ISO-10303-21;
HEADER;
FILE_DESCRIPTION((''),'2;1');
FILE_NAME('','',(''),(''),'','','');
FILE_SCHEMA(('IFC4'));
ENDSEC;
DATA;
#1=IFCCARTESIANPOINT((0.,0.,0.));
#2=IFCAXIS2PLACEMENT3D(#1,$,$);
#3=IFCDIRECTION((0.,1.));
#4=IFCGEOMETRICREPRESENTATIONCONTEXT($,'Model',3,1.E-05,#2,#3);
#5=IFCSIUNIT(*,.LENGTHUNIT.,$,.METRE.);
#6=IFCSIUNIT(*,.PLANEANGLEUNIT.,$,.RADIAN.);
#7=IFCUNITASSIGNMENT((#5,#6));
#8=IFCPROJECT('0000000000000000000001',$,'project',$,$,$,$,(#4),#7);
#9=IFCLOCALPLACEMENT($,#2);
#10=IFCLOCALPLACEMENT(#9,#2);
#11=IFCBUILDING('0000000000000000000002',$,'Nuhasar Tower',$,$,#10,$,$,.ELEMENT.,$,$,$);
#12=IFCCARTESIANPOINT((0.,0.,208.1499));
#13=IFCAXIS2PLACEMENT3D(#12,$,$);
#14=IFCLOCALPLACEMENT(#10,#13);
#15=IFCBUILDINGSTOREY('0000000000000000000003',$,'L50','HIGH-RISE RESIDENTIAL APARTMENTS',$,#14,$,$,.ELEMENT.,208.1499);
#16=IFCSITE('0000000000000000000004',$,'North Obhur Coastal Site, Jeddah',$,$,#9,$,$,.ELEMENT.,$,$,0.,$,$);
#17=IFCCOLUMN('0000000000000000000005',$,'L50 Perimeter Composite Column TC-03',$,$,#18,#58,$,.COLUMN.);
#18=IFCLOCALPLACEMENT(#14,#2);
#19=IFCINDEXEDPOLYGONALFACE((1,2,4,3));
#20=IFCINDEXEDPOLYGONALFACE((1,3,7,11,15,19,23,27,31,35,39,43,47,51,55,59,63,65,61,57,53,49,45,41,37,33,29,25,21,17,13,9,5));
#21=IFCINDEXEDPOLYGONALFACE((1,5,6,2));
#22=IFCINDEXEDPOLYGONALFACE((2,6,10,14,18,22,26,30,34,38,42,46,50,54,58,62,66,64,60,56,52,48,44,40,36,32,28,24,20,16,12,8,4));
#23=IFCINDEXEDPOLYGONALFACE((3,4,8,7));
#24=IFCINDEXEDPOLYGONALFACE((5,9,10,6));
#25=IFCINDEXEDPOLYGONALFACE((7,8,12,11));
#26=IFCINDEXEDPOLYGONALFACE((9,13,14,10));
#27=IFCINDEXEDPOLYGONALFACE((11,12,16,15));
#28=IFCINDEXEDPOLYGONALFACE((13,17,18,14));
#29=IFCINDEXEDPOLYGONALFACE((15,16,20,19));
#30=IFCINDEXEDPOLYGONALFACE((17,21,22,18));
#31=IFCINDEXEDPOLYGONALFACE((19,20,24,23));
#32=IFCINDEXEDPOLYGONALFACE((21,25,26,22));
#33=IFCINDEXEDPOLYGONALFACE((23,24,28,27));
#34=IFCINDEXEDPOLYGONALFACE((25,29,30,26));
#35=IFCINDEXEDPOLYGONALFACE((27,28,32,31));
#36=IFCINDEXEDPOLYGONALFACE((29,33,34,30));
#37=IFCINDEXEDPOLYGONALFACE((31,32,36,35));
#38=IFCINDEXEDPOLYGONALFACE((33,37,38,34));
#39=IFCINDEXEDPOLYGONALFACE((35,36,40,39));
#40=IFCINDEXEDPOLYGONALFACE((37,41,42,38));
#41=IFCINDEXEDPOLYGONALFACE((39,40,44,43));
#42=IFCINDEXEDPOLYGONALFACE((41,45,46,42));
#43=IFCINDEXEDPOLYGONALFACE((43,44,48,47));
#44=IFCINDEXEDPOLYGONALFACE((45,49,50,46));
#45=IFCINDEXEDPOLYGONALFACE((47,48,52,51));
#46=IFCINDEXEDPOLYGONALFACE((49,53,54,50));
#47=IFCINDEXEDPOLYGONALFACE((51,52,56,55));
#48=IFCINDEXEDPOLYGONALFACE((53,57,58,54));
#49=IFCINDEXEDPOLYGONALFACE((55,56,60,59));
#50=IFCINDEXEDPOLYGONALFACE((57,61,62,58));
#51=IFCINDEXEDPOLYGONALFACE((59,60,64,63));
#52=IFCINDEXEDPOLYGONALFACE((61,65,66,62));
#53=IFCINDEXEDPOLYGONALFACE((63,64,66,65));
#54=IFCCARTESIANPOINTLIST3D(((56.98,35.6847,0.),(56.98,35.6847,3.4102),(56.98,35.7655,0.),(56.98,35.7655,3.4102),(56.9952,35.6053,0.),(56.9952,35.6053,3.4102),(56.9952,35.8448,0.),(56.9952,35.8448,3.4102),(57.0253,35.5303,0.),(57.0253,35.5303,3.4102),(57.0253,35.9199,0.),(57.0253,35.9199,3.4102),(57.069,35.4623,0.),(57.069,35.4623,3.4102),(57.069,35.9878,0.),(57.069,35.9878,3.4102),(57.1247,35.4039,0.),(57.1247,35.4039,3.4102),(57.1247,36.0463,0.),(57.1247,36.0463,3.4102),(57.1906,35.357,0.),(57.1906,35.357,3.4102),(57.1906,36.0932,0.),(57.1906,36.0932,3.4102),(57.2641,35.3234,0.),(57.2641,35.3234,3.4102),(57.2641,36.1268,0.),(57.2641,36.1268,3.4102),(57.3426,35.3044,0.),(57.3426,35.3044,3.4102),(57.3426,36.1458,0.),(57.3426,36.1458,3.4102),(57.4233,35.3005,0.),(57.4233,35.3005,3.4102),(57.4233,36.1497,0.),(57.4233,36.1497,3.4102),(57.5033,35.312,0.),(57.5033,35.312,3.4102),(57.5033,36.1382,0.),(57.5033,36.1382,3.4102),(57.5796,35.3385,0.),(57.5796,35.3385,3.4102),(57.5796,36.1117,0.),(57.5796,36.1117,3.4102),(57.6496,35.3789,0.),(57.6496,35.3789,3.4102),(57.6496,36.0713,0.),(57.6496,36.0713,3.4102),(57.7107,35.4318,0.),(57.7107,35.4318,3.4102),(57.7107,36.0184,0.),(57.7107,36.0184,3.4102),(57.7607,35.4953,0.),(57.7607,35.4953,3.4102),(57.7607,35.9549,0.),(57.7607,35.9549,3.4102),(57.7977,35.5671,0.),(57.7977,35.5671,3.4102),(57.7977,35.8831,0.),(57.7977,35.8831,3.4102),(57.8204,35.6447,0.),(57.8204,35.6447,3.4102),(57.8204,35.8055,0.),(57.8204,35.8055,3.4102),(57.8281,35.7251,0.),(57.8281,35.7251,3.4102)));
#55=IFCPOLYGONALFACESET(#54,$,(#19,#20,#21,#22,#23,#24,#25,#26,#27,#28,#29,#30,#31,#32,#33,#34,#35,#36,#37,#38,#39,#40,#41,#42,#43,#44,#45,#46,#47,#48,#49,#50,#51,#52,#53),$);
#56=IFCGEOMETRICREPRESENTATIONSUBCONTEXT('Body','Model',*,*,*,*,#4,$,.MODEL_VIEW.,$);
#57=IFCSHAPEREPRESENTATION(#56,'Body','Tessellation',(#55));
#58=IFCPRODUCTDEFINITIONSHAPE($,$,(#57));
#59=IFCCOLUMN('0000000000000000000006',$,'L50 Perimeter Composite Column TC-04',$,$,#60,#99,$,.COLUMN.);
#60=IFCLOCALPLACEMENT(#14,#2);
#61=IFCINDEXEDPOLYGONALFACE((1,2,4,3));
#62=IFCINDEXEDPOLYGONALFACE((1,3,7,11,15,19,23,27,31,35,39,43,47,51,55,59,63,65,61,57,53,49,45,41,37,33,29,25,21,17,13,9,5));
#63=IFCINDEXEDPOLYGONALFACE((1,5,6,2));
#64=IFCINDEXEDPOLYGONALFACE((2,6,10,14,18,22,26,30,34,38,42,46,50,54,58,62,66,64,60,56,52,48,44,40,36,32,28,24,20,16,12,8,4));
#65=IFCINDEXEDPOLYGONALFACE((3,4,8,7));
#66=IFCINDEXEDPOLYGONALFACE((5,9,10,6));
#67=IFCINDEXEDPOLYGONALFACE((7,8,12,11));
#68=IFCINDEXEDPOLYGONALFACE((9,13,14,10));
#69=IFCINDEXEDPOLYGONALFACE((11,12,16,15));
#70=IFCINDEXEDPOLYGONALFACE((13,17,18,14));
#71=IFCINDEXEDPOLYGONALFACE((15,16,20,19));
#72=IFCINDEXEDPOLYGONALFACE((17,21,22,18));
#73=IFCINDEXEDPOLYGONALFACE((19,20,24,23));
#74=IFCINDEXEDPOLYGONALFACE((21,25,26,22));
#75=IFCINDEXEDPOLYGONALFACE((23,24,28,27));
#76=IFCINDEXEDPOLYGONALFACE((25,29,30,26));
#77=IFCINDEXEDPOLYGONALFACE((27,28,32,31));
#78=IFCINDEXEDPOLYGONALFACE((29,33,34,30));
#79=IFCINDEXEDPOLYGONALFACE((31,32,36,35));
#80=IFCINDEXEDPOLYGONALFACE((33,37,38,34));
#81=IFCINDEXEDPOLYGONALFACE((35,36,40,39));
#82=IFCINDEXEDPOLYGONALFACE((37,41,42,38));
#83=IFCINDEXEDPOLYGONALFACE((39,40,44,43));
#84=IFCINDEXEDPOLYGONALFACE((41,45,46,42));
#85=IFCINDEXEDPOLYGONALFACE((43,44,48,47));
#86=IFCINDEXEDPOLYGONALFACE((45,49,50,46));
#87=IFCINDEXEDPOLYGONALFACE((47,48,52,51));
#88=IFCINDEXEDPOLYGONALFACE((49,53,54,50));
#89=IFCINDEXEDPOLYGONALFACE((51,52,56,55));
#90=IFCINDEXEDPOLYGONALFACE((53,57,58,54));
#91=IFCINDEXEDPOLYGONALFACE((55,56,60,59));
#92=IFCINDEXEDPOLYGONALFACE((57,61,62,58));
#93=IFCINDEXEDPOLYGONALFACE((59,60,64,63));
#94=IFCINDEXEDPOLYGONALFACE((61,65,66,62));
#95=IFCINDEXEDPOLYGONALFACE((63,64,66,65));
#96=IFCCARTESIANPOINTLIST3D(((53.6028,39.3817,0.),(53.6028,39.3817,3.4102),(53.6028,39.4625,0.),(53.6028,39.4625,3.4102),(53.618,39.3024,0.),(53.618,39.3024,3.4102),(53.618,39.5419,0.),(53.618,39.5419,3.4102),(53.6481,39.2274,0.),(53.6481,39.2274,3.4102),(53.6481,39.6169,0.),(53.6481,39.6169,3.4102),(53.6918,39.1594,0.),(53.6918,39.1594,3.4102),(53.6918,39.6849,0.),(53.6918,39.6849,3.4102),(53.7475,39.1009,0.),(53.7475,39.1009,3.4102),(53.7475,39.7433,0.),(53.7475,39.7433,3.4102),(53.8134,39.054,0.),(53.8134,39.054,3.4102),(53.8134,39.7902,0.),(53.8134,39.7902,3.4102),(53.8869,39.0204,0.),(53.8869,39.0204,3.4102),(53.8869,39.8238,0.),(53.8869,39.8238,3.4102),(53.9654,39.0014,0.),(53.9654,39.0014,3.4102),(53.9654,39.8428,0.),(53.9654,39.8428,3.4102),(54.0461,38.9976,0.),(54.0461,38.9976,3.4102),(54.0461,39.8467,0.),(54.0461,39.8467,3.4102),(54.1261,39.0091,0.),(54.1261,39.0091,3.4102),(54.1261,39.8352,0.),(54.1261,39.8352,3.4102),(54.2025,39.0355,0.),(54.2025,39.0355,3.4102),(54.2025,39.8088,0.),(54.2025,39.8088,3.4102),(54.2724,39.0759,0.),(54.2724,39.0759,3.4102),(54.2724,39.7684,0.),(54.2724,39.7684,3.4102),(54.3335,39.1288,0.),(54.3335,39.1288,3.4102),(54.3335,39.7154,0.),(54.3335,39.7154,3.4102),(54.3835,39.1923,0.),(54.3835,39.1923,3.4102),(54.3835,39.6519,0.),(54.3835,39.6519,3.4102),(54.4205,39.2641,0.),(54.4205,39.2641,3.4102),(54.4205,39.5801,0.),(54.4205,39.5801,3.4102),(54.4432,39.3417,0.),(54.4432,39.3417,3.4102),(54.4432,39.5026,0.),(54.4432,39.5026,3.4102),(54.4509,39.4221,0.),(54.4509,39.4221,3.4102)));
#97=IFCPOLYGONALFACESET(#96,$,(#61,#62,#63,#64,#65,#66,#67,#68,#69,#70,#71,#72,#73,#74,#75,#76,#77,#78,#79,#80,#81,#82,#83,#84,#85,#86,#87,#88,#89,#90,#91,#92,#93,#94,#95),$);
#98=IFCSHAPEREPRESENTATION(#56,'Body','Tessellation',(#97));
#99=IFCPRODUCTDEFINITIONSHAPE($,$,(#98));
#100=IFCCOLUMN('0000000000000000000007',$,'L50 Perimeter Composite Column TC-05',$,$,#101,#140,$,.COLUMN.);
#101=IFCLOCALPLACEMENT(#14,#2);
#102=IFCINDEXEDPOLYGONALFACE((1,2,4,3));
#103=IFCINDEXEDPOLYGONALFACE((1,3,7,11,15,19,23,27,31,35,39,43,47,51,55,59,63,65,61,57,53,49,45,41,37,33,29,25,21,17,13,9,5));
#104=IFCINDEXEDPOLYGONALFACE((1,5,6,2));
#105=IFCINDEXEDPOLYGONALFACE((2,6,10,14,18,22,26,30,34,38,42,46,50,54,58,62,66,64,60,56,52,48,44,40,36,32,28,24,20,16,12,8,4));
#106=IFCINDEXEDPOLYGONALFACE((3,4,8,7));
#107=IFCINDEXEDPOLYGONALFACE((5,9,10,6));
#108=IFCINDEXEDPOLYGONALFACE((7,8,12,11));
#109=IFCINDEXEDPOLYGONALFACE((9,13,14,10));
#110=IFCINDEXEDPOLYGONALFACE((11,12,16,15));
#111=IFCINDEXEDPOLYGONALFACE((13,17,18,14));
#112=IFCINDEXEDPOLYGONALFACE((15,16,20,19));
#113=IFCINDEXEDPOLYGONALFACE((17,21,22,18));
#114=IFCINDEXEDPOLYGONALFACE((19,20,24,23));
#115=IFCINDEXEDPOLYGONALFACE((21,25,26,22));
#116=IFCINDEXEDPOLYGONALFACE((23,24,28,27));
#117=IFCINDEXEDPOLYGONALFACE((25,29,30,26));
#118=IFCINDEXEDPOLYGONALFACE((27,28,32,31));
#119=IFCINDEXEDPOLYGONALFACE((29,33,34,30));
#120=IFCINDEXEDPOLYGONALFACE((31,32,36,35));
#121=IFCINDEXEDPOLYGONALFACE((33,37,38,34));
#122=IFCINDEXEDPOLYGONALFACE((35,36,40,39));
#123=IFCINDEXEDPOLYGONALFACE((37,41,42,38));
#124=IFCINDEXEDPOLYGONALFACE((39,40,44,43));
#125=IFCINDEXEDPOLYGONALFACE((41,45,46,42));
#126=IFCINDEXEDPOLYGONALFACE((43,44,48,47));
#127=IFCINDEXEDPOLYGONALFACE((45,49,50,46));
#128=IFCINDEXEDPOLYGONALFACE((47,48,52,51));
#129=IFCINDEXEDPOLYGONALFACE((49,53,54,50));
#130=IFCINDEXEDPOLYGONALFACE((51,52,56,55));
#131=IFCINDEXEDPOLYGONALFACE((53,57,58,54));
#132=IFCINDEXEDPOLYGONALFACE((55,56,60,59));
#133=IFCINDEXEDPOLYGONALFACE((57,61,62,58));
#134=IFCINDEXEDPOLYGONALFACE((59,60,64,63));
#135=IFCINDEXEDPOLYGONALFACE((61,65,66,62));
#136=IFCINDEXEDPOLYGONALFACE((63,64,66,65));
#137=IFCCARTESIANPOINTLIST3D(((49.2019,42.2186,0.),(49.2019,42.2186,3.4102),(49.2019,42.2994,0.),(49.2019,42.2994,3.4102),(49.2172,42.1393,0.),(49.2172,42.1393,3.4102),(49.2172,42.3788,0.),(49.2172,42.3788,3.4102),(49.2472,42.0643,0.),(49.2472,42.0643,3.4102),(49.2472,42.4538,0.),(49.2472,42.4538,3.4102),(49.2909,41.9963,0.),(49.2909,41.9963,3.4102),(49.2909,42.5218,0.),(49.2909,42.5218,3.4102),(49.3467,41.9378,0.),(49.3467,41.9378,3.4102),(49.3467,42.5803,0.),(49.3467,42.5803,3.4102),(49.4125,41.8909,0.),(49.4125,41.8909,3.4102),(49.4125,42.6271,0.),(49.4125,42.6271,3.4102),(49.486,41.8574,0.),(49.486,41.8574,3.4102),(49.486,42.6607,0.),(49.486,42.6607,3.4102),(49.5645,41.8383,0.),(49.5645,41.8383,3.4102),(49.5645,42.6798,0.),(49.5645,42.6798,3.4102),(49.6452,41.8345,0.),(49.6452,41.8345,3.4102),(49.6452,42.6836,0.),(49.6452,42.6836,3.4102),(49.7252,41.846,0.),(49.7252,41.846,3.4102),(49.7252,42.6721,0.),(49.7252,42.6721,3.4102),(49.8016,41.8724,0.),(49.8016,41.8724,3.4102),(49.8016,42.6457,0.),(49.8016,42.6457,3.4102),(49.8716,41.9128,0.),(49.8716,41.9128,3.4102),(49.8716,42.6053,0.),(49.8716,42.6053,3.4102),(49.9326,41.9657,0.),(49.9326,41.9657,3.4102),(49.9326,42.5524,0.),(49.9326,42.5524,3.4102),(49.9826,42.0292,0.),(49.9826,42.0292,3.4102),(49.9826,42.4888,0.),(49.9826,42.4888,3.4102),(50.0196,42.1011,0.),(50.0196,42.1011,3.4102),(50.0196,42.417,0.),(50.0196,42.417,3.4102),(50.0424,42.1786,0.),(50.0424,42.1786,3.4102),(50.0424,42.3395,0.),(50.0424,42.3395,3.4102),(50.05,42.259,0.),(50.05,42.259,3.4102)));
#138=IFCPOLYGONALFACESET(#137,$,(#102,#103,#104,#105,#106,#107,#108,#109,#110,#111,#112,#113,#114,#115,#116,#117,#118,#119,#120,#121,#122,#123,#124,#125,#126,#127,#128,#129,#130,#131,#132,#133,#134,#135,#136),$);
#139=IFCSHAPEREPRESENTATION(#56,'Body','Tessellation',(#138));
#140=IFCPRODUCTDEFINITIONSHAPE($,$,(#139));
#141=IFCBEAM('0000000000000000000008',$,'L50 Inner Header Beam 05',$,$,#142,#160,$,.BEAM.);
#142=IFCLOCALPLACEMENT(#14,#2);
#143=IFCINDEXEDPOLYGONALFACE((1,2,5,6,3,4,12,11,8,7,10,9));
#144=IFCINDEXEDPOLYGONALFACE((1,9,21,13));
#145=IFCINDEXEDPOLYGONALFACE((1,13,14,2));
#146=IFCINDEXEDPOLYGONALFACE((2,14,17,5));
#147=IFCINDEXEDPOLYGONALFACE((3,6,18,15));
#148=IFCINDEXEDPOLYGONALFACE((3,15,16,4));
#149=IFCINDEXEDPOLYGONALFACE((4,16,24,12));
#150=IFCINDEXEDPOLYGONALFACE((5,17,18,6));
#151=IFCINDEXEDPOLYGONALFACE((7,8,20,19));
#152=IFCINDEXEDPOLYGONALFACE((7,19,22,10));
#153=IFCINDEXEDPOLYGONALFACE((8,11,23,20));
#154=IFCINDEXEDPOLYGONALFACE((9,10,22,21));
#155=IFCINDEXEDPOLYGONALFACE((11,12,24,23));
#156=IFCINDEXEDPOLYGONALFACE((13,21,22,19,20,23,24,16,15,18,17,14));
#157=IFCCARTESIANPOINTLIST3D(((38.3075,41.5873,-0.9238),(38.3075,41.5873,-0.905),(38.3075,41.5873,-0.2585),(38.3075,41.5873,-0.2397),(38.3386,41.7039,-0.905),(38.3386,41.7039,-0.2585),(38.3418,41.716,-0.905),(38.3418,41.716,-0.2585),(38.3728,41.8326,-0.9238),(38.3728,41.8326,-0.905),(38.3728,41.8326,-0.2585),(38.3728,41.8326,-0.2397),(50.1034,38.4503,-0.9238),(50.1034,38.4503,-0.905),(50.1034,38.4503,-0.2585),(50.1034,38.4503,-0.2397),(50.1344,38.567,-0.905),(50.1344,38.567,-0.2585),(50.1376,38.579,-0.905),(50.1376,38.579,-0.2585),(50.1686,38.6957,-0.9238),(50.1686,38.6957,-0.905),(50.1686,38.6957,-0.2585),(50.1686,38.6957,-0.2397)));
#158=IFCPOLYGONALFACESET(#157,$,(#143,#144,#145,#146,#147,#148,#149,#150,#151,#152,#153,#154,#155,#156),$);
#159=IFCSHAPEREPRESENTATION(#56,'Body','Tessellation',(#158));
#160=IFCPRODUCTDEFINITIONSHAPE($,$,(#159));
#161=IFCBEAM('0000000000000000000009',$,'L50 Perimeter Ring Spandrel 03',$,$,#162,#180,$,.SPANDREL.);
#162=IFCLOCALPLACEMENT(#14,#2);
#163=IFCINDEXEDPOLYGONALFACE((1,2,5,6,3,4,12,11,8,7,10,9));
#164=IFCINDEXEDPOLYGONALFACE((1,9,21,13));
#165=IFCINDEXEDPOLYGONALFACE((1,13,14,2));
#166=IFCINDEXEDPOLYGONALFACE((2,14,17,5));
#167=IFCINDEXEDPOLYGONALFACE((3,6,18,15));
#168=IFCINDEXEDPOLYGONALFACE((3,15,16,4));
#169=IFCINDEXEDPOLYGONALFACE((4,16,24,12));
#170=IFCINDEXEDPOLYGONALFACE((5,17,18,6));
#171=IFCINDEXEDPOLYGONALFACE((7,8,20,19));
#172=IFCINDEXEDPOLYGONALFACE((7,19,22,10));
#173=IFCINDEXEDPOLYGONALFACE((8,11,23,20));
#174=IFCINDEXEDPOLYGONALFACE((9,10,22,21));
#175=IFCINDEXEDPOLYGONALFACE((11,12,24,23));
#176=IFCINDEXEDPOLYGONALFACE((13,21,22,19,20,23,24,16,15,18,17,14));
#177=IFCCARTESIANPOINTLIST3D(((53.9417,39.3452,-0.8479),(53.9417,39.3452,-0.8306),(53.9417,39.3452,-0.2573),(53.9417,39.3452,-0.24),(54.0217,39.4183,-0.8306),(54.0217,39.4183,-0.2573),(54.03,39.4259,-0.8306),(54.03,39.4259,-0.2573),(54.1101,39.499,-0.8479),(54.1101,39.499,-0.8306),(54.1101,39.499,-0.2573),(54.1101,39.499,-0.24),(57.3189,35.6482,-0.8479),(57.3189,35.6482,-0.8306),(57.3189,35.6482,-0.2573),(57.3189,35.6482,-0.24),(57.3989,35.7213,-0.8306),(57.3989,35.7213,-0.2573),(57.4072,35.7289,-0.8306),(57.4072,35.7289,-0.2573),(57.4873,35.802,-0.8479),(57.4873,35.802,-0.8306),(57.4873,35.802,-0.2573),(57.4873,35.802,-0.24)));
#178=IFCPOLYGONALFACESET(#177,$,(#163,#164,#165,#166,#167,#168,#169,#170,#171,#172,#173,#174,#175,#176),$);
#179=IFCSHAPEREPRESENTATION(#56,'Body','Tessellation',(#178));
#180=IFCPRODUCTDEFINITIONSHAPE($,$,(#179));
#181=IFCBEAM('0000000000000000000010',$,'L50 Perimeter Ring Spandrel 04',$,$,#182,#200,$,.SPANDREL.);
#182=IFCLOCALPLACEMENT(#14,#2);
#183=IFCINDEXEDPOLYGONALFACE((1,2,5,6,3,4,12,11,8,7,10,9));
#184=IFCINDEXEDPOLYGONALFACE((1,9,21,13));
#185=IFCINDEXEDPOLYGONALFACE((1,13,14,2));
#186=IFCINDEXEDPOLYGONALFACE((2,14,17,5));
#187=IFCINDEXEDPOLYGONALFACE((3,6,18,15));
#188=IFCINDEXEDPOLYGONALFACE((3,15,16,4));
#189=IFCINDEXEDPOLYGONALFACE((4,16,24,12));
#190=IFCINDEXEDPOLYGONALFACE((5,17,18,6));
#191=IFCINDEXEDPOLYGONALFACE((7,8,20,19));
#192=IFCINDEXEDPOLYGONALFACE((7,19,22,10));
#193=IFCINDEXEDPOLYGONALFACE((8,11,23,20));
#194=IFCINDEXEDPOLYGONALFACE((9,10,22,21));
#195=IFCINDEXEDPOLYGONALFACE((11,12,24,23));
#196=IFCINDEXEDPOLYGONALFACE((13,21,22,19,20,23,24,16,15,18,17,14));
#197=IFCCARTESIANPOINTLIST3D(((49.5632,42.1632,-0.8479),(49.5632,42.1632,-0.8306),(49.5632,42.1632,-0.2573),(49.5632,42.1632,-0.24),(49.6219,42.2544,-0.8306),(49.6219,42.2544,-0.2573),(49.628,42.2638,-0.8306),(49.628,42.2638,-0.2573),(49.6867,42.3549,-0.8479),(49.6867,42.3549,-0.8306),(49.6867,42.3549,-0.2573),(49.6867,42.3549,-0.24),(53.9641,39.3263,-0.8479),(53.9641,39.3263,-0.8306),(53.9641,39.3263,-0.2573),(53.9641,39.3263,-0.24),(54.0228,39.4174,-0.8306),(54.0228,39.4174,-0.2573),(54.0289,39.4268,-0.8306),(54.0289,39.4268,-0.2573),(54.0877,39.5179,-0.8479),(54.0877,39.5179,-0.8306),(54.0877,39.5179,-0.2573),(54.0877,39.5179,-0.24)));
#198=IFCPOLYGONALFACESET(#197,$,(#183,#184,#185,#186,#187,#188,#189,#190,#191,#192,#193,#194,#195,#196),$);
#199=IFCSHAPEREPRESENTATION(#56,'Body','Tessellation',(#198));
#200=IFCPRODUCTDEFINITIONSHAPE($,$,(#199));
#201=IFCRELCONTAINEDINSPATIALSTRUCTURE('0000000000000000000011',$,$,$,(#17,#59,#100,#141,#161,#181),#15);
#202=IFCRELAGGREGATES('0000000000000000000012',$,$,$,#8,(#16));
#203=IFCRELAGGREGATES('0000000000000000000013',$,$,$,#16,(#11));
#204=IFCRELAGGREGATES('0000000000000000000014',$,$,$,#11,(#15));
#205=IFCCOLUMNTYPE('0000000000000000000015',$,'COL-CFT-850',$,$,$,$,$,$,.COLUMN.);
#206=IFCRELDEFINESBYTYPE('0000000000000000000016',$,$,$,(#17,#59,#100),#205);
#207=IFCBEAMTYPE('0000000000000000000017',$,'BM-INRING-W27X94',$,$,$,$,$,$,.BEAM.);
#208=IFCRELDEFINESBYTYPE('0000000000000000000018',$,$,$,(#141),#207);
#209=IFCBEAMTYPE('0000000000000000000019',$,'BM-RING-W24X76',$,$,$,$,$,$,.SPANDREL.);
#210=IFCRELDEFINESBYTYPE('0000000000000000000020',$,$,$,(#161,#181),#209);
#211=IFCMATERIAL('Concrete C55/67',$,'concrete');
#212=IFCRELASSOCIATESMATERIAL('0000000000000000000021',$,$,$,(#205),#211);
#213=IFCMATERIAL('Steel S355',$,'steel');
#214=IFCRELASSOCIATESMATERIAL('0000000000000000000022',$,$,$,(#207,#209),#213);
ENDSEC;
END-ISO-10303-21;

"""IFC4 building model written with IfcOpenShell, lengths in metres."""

from ifc_helpers import new_model, si_unit, direction, frame, origin, origin_2d, place, context, subcontext, project, spatial, circle, i_section, extrude, material, material_profile, profile_set, type_object, element, save


model = new_model("IFC4")

# Units and contexts
model_context = context("Model", 3, precision=1e-05, world=origin(), true_north=direction((0.0, 1.0)))
body_context = subcontext(model_context, "Body", "Model", "MODEL_VIEW")
ifc_project = project(units=[si_unit("LENGTHUNIT", "METRE"), si_unit("PLANEANGLEUNIT", "RADIAN")], contexts=[model_context])

# Site, building, storey
site_placement = place(None, origin())
site = spatial("IfcSite", under=ifc_project, at=site_placement, Name="North Obhur Coastal Site, Jeddah", CompositionType="ELEMENT", RefElevation=0.0)
building_placement = place(site_placement, origin())
building = spatial("IfcBuilding", under=site, at=building_placement, Name="Nuhasar Tower", CompositionType="ELEMENT")
storey_placement = place(building_placement, frame((0.0, 0.0, 208.1499)))
storey = spatial("IfcBuildingStorey", under=building, at=storey_placement, Name="L50", Description="HIGH-RISE RESIDENTIAL APARTMENTS", CompositionType="ELEMENT", Elevation=208.1499)

# Columns
ifc_material_1 = material(Name="Concrete C55/67", Category="concrete")
ifc_material_profile_1 = material_profile(ifc_material_1, circle(Radius=0.425, at=origin_2d()), Name="CFT850")
ifc_profile_set_1 = profile_set([ifc_material_profile_1], Name="Concrete C55/67")
column_type = type_object("IfcColumnType", Name="COL-CFT-850", PredefinedType="COLUMN", material=ifc_profile_set_1)
for number, where, z_axis, x_axis, name in (
    (1, (57.4031, 35.7251, 0.0), (0.0, 0.0, 1.0), (1.0, 0.0, 0.0), "L50 Perimeter Composite Column TC-03"),
    (2, (54.0259, 39.4221, 0.0), (0.0, 0.0, 1.0), (1.0, 0.0, 0.0), "L50 Perimeter Composite Column TC-04"),
    (3, (49.625, 42.259, 0.0), (0.0, 0.0, 1.0), (1.0, 0.0, 0.0), "L50 Perimeter Composite Column TC-05"),
):
    element("IfcColumn", number, at=place(storey_placement, frame(where, z_axis=z_axis, x_axis=x_axis)), inside=storey, type_object=column_type, Name=name, PredefinedType="COLUMN", context=body_context, shape_type="SweptSolid", body=[
        extrude(circle(Radius=0.425, at=origin_2d()), origin(), (0.0, 0.0, 1.0), 3.4102),
    ])

# Beams
ifc_material_2 = material(Name="Steel S355", Category="steel")
ifc_material_profile_2 = material_profile(ifc_material_2, i_section(OverallWidth=0.2539, OverallDepth=0.6841, WebThickness=0.0125, FlangeThickness=0.0188, at=origin_2d()), Name="W27X94")
ifc_profile_set_2 = profile_set([ifc_material_profile_2], Name="Steel S355")
beam_type_1 = type_object("IfcBeamType", Name="BM-INRING-W27X94", PredefinedType="BEAM", material=ifc_profile_set_2)
beam_1_placement = place(storey_placement, frame((50.136, 38.573, -0.5818), z_axis=(-0.96641, 0.257004, 0.0), x_axis=(-0.257004, -0.96641, 0.0)))
element("IfcBeam", 4, at=beam_1_placement, inside=storey, type_object=beam_type_1, Name="L50 Inner Header Beam 05", PredefinedType="BEAM", context=body_context, shape_type="SweptSolid", body=[
    extrude(i_section(OverallWidth=0.2539, OverallDepth=0.6841, WebThickness=0.0125, FlangeThickness=0.0188, at=origin_2d()), origin(), (0.0, 0.0, 1.0), 12.2058),
])
ifc_material_profile_3 = material_profile(ifc_material_2, i_section(OverallWidth=0.228, OverallDepth=0.6079, WebThickness=0.0112, FlangeThickness=0.0173, at=origin_2d()), Name="W24X76")
ifc_profile_set_3 = profile_set([ifc_material_profile_3], Name="Steel S355")
beam_type_2 = type_object("IfcBeamType", Name="BM-RING-W24X76", PredefinedType="SPANDREL", material=ifc_profile_set_3)
beam_2_placement = place(storey_placement, frame((57.4031, 35.7251, -0.5439), z_axis=(-0.67445, 0.738321, 0.0), x_axis=(-0.738321, -0.67445, 0.0)))
element("IfcBeam", 5, at=beam_2_placement, inside=storey, type_object=beam_type_2, Name="L50 Perimeter Ring Spandrel 03", PredefinedType="SPANDREL", context=body_context, shape_type="SweptSolid", body=[
    extrude(i_section(OverallWidth=0.228, OverallDepth=0.6079, WebThickness=0.0112, FlangeThickness=0.0173, at=origin_2d()), origin(), (0.0, 0.0, 1.0), 5.0073),
])
beam_3_placement = place(storey_placement, frame((54.0259, 39.4221, -0.5439), z_axis=(-0.840502, 0.541808, 0.0), x_axis=(-0.541808, -0.840502, 0.0)))
element("IfcBeam", 6, at=beam_3_placement, inside=storey, type_object=beam_type_2, Name="L50 Perimeter Ring Spandrel 04", PredefinedType="SPANDREL", context=body_context, shape_type="SweptSolid", body=[
    extrude(i_section(OverallWidth=0.228, OverallDepth=0.6079, WebThickness=0.0112, FlangeThickness=0.0173, at=origin_2d()), origin(), (0.0, 0.0, 1.0), 5.2361),
])

save(model, "model.ifc")
